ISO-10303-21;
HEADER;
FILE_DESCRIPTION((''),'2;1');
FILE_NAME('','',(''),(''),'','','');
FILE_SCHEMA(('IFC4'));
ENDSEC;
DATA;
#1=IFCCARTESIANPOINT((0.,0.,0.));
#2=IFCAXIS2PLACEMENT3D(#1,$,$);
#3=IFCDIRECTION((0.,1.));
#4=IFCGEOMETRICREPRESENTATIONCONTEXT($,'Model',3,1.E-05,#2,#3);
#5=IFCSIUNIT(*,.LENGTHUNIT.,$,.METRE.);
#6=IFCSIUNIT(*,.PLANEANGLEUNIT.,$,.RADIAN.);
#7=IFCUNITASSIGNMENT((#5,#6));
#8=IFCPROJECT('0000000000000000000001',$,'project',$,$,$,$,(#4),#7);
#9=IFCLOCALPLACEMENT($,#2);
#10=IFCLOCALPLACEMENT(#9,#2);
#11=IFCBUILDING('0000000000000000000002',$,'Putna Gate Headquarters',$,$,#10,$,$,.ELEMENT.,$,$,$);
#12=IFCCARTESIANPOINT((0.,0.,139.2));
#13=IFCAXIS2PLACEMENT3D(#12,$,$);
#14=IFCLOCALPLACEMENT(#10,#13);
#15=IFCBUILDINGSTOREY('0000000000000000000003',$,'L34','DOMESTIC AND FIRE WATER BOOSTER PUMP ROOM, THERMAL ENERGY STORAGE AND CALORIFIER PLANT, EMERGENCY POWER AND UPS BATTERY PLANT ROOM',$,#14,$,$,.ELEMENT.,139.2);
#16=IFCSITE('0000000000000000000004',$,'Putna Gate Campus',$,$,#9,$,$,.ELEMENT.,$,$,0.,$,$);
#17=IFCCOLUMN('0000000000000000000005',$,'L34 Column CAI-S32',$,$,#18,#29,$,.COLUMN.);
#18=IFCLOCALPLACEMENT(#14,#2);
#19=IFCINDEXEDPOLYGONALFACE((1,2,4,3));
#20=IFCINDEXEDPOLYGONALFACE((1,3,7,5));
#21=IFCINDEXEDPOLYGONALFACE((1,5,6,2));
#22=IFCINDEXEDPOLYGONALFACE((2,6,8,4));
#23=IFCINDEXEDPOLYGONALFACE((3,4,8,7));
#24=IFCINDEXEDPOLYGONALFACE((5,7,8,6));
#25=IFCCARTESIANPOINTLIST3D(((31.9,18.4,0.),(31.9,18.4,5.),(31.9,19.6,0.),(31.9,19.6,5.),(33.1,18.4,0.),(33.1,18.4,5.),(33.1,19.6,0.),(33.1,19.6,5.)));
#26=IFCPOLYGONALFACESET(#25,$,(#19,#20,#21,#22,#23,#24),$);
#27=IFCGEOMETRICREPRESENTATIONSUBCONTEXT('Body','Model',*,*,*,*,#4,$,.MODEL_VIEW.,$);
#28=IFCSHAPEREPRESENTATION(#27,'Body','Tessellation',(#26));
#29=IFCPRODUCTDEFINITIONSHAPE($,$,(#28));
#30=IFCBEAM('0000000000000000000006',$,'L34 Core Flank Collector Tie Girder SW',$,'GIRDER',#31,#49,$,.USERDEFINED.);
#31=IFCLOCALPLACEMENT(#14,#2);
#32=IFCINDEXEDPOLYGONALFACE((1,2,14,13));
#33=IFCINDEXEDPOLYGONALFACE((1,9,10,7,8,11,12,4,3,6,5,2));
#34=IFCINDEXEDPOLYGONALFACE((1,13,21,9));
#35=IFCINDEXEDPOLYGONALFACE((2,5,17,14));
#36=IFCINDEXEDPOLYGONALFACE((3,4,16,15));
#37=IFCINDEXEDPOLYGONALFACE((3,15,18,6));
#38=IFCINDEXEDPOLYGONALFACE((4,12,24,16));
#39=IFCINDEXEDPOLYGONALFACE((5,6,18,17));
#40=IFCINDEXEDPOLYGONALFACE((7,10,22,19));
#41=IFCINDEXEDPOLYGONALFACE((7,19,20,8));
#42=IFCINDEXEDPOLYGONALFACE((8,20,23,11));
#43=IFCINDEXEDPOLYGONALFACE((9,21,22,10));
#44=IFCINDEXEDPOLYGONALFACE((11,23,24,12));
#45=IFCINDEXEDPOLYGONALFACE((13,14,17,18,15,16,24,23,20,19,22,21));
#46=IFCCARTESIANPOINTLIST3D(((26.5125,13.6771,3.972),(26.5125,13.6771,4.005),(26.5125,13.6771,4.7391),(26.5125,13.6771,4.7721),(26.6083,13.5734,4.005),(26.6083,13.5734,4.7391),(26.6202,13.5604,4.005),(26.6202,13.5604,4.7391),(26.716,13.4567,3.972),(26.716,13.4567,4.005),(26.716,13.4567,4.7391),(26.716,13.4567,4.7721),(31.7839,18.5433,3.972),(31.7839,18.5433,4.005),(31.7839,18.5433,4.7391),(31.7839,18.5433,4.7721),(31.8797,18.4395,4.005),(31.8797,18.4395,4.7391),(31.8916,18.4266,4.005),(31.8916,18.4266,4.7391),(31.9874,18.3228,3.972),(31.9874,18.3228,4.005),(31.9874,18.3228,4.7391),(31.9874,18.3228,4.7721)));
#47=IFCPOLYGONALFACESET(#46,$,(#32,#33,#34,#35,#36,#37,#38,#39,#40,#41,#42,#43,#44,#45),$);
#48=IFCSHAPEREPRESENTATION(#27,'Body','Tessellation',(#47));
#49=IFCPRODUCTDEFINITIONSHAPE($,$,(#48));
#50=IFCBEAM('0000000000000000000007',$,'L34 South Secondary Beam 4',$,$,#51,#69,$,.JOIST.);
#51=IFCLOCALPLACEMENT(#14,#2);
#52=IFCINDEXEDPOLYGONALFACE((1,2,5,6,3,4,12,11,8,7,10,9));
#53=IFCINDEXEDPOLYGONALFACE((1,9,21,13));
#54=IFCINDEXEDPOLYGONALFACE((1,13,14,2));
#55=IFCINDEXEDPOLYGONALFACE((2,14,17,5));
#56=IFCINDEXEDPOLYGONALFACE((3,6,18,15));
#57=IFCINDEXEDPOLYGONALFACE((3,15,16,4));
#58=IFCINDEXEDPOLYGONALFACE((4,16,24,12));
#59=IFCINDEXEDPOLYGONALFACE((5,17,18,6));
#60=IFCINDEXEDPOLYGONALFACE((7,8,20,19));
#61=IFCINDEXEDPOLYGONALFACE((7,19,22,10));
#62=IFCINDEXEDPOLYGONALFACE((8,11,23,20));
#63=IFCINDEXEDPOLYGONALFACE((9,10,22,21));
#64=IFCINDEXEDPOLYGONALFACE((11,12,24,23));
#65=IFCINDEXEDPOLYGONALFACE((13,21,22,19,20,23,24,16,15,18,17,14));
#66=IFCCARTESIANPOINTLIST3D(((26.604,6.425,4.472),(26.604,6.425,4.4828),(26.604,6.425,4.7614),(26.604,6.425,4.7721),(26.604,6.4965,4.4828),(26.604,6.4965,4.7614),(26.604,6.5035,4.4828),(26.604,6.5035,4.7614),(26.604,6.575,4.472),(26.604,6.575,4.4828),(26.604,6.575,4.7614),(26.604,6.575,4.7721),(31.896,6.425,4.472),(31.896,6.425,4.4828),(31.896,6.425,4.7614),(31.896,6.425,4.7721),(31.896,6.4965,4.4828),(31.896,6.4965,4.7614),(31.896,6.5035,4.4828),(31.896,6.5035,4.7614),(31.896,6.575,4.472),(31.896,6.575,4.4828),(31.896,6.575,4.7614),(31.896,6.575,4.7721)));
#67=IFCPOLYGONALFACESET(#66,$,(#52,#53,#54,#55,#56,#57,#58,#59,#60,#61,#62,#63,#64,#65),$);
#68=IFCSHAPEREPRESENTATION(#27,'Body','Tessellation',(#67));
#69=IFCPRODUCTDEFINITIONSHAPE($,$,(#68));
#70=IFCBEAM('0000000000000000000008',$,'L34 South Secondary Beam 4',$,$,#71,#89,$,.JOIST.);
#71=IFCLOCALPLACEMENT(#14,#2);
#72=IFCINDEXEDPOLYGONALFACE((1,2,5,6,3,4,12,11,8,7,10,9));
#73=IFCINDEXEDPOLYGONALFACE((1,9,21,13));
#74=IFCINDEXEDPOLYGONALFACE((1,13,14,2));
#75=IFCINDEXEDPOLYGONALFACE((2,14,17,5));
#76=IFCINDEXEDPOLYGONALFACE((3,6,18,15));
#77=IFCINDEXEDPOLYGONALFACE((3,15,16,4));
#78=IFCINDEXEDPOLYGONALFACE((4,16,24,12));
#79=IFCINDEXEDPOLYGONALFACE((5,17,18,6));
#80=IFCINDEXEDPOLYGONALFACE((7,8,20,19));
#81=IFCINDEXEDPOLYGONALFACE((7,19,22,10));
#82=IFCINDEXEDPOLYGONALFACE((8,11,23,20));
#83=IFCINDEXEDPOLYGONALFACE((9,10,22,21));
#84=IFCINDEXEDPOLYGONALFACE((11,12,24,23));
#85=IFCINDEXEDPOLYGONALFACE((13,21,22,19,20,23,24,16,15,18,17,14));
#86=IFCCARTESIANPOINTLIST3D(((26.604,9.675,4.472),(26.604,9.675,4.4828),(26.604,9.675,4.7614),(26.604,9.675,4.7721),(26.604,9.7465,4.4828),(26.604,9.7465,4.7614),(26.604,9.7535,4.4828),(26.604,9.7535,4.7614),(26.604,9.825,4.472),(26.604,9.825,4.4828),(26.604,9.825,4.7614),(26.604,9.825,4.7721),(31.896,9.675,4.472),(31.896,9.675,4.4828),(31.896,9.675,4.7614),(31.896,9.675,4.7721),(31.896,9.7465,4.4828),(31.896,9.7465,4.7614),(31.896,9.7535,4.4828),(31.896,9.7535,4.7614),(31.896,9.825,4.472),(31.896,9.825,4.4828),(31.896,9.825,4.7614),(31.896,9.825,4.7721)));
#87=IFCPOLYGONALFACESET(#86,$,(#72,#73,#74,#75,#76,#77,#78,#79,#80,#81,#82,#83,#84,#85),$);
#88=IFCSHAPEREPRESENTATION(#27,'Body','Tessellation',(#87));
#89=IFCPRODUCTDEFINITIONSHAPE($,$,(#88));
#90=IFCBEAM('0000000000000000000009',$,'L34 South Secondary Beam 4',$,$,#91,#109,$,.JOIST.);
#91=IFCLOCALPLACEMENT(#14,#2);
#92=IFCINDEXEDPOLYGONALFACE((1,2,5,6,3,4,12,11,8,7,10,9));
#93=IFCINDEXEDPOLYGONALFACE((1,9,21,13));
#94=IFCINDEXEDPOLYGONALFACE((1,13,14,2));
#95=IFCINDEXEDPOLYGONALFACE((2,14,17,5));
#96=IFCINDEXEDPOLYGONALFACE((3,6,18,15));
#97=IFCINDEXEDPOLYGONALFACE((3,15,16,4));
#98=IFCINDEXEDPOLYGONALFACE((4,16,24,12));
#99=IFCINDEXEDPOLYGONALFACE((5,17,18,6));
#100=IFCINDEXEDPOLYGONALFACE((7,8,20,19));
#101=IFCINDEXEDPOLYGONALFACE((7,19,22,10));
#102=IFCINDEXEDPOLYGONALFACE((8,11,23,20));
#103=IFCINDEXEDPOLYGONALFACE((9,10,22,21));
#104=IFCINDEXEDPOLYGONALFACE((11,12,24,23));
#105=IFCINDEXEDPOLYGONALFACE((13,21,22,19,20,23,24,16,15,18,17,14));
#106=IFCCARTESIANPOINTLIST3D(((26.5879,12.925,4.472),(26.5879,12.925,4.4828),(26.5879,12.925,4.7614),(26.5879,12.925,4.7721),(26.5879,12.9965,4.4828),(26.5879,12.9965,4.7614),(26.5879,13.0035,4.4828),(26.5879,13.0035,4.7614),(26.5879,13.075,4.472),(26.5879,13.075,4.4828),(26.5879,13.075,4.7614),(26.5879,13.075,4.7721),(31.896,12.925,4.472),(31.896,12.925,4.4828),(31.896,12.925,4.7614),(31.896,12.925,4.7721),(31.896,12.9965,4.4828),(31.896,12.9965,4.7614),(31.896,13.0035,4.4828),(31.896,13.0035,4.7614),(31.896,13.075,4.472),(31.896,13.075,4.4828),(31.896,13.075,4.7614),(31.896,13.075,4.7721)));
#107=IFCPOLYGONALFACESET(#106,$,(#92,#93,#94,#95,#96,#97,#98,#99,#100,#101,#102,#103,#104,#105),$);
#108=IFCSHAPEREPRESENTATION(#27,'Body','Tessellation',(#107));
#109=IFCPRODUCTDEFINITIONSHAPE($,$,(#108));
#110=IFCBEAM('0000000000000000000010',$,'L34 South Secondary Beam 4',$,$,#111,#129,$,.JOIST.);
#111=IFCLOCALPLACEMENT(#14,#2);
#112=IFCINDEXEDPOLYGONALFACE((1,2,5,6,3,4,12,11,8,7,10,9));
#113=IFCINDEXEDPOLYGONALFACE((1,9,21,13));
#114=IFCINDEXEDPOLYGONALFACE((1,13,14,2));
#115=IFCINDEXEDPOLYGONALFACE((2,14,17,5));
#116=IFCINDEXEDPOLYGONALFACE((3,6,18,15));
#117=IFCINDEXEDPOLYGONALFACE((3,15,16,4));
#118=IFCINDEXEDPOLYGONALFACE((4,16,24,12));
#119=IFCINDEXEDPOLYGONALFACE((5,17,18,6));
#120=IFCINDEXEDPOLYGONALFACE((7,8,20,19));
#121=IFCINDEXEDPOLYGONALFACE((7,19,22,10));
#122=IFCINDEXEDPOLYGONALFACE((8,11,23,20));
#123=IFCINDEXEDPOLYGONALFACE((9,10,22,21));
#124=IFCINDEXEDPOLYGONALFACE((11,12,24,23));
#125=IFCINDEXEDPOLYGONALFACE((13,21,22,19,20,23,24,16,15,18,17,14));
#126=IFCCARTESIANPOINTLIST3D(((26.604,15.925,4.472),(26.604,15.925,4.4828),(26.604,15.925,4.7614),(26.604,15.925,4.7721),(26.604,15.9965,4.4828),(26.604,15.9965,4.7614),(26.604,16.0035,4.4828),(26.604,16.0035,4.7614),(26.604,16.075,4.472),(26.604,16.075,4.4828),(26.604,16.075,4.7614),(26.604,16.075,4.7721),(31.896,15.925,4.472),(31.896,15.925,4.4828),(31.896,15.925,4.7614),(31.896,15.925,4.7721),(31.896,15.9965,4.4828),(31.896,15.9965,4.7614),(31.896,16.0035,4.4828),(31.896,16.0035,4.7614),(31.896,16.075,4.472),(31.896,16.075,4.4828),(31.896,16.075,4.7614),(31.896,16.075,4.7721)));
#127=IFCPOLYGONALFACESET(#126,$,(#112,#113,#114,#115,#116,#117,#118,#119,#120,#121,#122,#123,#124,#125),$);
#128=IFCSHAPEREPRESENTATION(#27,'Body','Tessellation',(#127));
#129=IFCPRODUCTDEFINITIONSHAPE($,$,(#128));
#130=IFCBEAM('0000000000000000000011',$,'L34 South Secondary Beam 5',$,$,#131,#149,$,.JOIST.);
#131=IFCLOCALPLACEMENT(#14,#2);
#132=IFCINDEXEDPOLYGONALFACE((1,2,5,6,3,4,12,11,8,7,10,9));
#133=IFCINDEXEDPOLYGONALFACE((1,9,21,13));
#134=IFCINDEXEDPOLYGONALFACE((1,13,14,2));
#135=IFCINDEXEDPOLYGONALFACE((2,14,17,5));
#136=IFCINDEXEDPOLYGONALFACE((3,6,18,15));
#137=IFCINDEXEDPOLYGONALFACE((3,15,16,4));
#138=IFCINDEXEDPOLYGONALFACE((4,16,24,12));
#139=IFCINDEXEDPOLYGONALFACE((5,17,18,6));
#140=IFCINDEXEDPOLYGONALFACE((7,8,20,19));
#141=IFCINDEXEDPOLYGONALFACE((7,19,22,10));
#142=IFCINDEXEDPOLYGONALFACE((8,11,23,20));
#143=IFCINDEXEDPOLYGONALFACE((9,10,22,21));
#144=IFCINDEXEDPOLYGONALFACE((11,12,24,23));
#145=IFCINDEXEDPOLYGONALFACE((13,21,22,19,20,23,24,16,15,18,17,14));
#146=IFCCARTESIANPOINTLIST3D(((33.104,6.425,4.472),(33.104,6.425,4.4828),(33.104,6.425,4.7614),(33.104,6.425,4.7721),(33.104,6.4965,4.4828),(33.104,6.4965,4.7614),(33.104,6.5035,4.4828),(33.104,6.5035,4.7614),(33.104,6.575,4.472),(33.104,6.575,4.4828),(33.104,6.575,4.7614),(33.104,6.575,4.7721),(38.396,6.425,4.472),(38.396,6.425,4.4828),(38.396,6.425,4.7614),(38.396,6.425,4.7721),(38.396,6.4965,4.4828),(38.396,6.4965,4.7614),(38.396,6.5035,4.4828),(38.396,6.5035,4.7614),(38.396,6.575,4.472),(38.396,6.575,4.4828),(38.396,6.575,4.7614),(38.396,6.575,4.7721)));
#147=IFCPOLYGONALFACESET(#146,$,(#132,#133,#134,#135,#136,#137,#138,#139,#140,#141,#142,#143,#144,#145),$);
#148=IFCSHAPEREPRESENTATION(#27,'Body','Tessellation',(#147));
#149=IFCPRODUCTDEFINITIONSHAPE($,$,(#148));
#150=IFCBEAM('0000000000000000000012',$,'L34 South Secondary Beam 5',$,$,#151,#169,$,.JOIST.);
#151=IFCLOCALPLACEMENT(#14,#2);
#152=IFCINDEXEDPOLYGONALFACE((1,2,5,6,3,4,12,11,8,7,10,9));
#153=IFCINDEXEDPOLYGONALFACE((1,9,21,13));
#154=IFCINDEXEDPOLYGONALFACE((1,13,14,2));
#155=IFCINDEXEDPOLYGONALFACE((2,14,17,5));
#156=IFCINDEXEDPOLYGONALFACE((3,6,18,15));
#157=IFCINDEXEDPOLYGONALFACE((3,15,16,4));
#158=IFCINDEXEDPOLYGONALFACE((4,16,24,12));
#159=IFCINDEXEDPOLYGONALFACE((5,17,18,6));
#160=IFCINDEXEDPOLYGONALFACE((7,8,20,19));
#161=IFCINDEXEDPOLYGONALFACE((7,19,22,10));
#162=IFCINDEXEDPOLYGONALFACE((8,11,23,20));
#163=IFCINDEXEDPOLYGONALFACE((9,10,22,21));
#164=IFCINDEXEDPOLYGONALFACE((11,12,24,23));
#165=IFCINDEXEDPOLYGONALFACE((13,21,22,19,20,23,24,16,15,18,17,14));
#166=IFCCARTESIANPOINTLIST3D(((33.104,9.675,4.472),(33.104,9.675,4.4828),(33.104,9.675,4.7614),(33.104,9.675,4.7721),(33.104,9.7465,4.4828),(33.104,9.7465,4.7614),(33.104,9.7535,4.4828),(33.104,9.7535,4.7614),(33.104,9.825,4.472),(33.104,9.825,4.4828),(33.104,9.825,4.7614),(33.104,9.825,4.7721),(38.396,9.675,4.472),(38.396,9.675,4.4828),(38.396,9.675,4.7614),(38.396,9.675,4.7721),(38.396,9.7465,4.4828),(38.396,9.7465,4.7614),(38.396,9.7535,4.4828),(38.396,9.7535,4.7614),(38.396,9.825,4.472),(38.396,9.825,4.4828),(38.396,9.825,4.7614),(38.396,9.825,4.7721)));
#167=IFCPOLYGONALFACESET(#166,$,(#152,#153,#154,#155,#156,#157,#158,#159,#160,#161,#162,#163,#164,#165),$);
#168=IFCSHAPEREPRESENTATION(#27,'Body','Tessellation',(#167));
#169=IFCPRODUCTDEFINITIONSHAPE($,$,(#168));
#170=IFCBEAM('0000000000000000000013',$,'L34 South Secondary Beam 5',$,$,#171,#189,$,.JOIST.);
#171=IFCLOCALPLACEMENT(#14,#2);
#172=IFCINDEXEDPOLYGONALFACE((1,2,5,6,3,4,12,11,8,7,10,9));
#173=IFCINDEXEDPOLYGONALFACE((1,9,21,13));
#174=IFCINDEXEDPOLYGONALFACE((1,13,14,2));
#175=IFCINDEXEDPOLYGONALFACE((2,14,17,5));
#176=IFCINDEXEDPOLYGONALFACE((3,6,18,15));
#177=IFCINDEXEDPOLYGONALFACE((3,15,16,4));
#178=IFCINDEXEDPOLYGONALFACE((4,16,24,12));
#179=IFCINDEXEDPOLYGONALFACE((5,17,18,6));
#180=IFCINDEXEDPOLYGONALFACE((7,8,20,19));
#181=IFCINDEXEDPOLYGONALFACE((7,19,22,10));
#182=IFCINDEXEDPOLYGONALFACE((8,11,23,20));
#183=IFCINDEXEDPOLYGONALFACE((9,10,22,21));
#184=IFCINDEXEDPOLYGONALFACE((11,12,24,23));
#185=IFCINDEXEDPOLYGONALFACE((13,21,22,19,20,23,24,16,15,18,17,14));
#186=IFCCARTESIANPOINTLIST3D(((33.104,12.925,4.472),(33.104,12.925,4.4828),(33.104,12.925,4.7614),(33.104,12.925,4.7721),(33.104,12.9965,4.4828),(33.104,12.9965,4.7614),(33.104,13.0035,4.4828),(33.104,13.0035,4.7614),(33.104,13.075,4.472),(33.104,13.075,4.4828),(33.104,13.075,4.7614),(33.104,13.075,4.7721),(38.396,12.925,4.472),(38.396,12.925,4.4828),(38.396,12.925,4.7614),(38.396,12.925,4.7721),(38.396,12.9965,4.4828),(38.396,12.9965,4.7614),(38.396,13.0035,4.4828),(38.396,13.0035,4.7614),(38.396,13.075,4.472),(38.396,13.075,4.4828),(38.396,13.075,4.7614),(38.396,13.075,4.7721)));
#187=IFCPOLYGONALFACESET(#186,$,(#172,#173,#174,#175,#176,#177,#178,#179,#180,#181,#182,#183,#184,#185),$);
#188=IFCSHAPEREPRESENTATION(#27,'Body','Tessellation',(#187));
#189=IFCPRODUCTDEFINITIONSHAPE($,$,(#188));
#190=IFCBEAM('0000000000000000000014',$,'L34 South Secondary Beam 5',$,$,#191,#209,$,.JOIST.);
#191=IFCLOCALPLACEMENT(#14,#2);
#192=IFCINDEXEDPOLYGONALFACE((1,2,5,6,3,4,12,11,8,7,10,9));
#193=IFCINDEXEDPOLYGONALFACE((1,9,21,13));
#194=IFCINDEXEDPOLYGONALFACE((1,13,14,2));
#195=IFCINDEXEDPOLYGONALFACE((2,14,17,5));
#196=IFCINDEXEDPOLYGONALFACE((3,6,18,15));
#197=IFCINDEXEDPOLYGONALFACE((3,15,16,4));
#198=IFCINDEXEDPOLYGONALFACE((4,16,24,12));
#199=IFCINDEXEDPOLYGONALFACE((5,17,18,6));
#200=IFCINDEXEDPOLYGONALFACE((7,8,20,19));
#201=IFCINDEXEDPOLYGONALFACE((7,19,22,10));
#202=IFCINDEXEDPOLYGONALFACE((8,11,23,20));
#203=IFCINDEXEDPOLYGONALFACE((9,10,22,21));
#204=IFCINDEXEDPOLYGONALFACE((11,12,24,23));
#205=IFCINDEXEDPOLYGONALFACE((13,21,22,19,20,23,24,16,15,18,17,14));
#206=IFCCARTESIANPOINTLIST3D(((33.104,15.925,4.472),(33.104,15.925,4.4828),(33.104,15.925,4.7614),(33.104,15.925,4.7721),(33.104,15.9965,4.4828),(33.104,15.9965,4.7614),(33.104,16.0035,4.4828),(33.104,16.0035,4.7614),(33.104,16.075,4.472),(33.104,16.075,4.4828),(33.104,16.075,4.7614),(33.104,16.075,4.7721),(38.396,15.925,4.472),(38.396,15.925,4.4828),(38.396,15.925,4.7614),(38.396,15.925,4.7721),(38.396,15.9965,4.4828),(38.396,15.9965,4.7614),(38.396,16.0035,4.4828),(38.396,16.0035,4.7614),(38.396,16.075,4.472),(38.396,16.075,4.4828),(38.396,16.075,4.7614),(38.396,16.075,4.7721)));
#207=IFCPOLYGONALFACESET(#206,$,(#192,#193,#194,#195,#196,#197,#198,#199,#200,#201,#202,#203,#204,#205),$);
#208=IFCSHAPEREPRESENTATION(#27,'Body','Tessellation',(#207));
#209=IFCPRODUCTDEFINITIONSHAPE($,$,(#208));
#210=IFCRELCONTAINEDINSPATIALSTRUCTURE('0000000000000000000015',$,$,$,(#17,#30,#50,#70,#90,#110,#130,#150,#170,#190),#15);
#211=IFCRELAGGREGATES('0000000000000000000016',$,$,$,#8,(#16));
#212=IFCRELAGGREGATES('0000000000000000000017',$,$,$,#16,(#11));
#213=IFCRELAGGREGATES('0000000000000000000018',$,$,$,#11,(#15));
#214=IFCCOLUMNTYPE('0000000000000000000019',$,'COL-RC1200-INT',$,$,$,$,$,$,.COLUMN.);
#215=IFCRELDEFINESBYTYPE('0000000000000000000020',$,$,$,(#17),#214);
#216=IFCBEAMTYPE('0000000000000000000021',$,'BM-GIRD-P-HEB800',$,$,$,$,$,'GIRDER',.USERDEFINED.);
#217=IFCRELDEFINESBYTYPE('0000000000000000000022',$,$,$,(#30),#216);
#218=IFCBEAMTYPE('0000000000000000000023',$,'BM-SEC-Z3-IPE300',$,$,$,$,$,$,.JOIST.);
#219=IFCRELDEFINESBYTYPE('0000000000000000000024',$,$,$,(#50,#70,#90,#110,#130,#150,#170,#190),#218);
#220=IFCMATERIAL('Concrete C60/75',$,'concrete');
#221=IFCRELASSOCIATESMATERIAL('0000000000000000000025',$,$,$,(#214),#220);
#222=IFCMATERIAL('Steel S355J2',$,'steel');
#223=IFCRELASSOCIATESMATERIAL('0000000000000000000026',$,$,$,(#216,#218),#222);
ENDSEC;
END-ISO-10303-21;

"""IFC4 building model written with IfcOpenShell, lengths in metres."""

from ifc_helpers import new_model, si_unit, direction, frame, origin, origin_2d, place, context, subcontext, project, spatial, rectangle, i_section, extrude, material, material_profile, profile_set, type_object, element, save


model = new_model("IFC4")

# Units and contexts
model_context = context("Model", 3, precision=1e-05, world=origin(), true_north=direction((0.0, 1.0)))
body_context = subcontext(model_context, "Body", "Model", "MODEL_VIEW")
ifc_project = project(units=[si_unit("LENGTHUNIT", "METRE"), si_unit("PLANEANGLEUNIT", "RADIAN")], contexts=[model_context])

# Site, building, storey
site_placement = place(None, origin())
site = spatial("IfcSite", under=ifc_project, at=site_placement, Name="Putna Gate Campus", CompositionType="ELEMENT", RefElevation=0.0)
building_placement = place(site_placement, origin())
building = spatial("IfcBuilding", under=site, at=building_placement, Name="Putna Gate Headquarters", CompositionType="ELEMENT")
storey_placement = place(building_placement, frame((0.0, 0.0, 139.2)))
storey = spatial("IfcBuildingStorey", under=building, at=storey_placement, Name="L34", Description="DOMESTIC AND FIRE WATER BOOSTER PUMP ROOM, THERMAL ENERGY STORAGE AND CALORIFIER PLANT, EMERGENCY POWER AND UPS BATTERY PLANT ROOM", CompositionType="ELEMENT", Elevation=139.2)

# Column
ifc_material_1 = material(Name="Concrete C60/75", Category="concrete")
ifc_material_profile_1 = material_profile(ifc_material_1, rectangle(XDim=1.2, YDim=1.2, at=origin_2d()), Name="Concrete C60/75")
ifc_profile_set_1 = profile_set([ifc_material_profile_1], Name="Concrete C60/75")
column_type = type_object("IfcColumnType", Name="COL-RC1200-INT", PredefinedType="COLUMN", material=ifc_profile_set_1)
column_placement = place(storey_placement, frame((32.5, 19.0, 0.0), z_axis=(0.0, 0.0, 1.0), x_axis=(1.0, 0.0, 0.0)))
element("IfcColumn", 1, at=column_placement, inside=storey, type_object=column_type, Name="L34 Column CAI-S32", PredefinedType="COLUMN", context=body_context, shape_type="SweptSolid", body=[
    extrude(rectangle(XDim=1.2, YDim=1.2, at=origin_2d()), origin(), (0.0, 0.0, 1.0), 5.0),
])

# Beams
ifc_material_2 = material(Name="Steel S355J2", Category="steel")
ifc_material_profile_2 = material_profile(ifc_material_2, i_section(OverallWidth=0.3, OverallDepth=0.8, WebThickness=0.0176, FlangeThickness=0.033, at=origin_2d()), Name="Steel S355J2")
ifc_profile_set_2 = profile_set([ifc_material_profile_2], Name="Steel S355J2")
beam_type_1 = type_object("IfcBeamType", Name="BM-GIRD-P-HEB800", ElementType="GIRDER", PredefinedType="USERDEFINED", material=ifc_profile_set_2)
beam_1_placement = place(storey_placement, frame((26.6143, 13.5669, 4.3721), z_axis=(0.734788, 0.678297, 0.0), x_axis=(-0.678297, 0.734788, 0.0)))
element("IfcBeam", 2, at=beam_1_placement, inside=storey, type_object=beam_type_1, Name="L34 Core Flank Collector Tie Girder SW", ObjectType="GIRDER", PredefinedType="USERDEFINED", context=body_context, shape_type="SweptSolid", body=[
    extrude(i_section(OverallWidth=0.3, OverallDepth=0.8, WebThickness=0.0176, FlangeThickness=0.033, at=origin_2d()), origin(), (0.0, 0.0, 1.0), 7.1741),
])
ifc_material_profile_3 = material_profile(ifc_material_2, i_section(OverallWidth=0.1499, OverallDepth=0.3, WebThickness=0.0071, FlangeThickness=0.0107, at=origin_2d()), Name="Steel S355J2")
ifc_profile_set_3 = profile_set([ifc_material_profile_3], Name="Steel S355J2")
beam_type_2 = type_object("IfcBeamType", Name="BM-SEC-Z3-IPE300", PredefinedType="JOIST", material=ifc_profile_set_3)
for number, where, z_axis, x_axis, name in (
    (3, (26.604, 6.5, 4.6221), (1.0, 0.0, 0.0), (0.0, 1.0, 0.0), "L34 South Secondary Beam 4"),
    (4, (26.604, 9.75, 4.6221), (1.0, 0.0, 0.0), (0.0, 1.0, 0.0), "L34 South Secondary Beam 4"),
):
    element("IfcBeam", number, at=place(storey_placement, frame(where, z_axis=z_axis, x_axis=x_axis)), inside=storey, type_object=beam_type_2, Name=name, PredefinedType="JOIST", context=body_context, shape_type="SweptSolid", body=[
        extrude(i_section(OverallWidth=0.1499, OverallDepth=0.3, WebThickness=0.0071, FlangeThickness=0.0107, at=origin_2d()), origin(), (0.0, 0.0, 1.0), 5.292),
    ])
beam_2_placement = place(storey_placement, frame((26.5879, 13.0, 4.6221), z_axis=(1.0, 0.0, 0.0), x_axis=(0.0, 1.0, 0.0)))
element("IfcBeam", 5, at=beam_2_placement, inside=storey, type_object=beam_type_2, Name="L34 South Secondary Beam 4", PredefinedType="JOIST", context=body_context, shape_type="SweptSolid", body=[
    extrude(i_section(OverallWidth=0.1499, OverallDepth=0.3, WebThickness=0.0071, FlangeThickness=0.0107, at=origin_2d()), origin(), (0.0, 0.0, 1.0), 5.3081),
])
for number, where, z_axis, x_axis, name in (
    (6, (26.604, 16.0, 4.6221), (1.0, 0.0, 0.0), (0.0, 1.0, 0.0), "L34 South Secondary Beam 4"),
    (7, (33.104, 6.5, 4.6221), (1.0, 0.0, 0.0), (0.0, 1.0, 0.0), "L34 South Secondary Beam 5"),
    (8, (33.104, 9.75, 4.6221), (1.0, 0.0, 0.0), (0.0, 1.0, 0.0), "L34 South Secondary Beam 5"),
    (9, (33.104, 13.0, 4.6221), (1.0, 0.0, 0.0), (0.0, 1.0, 0.0), "L34 South Secondary Beam 5"),
    (10, (33.104, 16.0, 4.6221), (1.0, 0.0, 0.0), (0.0, 1.0, 0.0), "L34 South Secondary Beam 5"),
):
    element("IfcBeam", number, at=place(storey_placement, frame(where, z_axis=z_axis, x_axis=x_axis)), inside=storey, type_object=beam_type_2, Name=name, PredefinedType="JOIST", context=body_context, shape_type="SweptSolid", body=[
        extrude(i_section(OverallWidth=0.1499, OverallDepth=0.3, WebThickness=0.0071, FlangeThickness=0.0107, at=origin_2d()), origin(), (0.0, 0.0, 1.0), 5.292),
    ])

save(model, "model.ifc")
